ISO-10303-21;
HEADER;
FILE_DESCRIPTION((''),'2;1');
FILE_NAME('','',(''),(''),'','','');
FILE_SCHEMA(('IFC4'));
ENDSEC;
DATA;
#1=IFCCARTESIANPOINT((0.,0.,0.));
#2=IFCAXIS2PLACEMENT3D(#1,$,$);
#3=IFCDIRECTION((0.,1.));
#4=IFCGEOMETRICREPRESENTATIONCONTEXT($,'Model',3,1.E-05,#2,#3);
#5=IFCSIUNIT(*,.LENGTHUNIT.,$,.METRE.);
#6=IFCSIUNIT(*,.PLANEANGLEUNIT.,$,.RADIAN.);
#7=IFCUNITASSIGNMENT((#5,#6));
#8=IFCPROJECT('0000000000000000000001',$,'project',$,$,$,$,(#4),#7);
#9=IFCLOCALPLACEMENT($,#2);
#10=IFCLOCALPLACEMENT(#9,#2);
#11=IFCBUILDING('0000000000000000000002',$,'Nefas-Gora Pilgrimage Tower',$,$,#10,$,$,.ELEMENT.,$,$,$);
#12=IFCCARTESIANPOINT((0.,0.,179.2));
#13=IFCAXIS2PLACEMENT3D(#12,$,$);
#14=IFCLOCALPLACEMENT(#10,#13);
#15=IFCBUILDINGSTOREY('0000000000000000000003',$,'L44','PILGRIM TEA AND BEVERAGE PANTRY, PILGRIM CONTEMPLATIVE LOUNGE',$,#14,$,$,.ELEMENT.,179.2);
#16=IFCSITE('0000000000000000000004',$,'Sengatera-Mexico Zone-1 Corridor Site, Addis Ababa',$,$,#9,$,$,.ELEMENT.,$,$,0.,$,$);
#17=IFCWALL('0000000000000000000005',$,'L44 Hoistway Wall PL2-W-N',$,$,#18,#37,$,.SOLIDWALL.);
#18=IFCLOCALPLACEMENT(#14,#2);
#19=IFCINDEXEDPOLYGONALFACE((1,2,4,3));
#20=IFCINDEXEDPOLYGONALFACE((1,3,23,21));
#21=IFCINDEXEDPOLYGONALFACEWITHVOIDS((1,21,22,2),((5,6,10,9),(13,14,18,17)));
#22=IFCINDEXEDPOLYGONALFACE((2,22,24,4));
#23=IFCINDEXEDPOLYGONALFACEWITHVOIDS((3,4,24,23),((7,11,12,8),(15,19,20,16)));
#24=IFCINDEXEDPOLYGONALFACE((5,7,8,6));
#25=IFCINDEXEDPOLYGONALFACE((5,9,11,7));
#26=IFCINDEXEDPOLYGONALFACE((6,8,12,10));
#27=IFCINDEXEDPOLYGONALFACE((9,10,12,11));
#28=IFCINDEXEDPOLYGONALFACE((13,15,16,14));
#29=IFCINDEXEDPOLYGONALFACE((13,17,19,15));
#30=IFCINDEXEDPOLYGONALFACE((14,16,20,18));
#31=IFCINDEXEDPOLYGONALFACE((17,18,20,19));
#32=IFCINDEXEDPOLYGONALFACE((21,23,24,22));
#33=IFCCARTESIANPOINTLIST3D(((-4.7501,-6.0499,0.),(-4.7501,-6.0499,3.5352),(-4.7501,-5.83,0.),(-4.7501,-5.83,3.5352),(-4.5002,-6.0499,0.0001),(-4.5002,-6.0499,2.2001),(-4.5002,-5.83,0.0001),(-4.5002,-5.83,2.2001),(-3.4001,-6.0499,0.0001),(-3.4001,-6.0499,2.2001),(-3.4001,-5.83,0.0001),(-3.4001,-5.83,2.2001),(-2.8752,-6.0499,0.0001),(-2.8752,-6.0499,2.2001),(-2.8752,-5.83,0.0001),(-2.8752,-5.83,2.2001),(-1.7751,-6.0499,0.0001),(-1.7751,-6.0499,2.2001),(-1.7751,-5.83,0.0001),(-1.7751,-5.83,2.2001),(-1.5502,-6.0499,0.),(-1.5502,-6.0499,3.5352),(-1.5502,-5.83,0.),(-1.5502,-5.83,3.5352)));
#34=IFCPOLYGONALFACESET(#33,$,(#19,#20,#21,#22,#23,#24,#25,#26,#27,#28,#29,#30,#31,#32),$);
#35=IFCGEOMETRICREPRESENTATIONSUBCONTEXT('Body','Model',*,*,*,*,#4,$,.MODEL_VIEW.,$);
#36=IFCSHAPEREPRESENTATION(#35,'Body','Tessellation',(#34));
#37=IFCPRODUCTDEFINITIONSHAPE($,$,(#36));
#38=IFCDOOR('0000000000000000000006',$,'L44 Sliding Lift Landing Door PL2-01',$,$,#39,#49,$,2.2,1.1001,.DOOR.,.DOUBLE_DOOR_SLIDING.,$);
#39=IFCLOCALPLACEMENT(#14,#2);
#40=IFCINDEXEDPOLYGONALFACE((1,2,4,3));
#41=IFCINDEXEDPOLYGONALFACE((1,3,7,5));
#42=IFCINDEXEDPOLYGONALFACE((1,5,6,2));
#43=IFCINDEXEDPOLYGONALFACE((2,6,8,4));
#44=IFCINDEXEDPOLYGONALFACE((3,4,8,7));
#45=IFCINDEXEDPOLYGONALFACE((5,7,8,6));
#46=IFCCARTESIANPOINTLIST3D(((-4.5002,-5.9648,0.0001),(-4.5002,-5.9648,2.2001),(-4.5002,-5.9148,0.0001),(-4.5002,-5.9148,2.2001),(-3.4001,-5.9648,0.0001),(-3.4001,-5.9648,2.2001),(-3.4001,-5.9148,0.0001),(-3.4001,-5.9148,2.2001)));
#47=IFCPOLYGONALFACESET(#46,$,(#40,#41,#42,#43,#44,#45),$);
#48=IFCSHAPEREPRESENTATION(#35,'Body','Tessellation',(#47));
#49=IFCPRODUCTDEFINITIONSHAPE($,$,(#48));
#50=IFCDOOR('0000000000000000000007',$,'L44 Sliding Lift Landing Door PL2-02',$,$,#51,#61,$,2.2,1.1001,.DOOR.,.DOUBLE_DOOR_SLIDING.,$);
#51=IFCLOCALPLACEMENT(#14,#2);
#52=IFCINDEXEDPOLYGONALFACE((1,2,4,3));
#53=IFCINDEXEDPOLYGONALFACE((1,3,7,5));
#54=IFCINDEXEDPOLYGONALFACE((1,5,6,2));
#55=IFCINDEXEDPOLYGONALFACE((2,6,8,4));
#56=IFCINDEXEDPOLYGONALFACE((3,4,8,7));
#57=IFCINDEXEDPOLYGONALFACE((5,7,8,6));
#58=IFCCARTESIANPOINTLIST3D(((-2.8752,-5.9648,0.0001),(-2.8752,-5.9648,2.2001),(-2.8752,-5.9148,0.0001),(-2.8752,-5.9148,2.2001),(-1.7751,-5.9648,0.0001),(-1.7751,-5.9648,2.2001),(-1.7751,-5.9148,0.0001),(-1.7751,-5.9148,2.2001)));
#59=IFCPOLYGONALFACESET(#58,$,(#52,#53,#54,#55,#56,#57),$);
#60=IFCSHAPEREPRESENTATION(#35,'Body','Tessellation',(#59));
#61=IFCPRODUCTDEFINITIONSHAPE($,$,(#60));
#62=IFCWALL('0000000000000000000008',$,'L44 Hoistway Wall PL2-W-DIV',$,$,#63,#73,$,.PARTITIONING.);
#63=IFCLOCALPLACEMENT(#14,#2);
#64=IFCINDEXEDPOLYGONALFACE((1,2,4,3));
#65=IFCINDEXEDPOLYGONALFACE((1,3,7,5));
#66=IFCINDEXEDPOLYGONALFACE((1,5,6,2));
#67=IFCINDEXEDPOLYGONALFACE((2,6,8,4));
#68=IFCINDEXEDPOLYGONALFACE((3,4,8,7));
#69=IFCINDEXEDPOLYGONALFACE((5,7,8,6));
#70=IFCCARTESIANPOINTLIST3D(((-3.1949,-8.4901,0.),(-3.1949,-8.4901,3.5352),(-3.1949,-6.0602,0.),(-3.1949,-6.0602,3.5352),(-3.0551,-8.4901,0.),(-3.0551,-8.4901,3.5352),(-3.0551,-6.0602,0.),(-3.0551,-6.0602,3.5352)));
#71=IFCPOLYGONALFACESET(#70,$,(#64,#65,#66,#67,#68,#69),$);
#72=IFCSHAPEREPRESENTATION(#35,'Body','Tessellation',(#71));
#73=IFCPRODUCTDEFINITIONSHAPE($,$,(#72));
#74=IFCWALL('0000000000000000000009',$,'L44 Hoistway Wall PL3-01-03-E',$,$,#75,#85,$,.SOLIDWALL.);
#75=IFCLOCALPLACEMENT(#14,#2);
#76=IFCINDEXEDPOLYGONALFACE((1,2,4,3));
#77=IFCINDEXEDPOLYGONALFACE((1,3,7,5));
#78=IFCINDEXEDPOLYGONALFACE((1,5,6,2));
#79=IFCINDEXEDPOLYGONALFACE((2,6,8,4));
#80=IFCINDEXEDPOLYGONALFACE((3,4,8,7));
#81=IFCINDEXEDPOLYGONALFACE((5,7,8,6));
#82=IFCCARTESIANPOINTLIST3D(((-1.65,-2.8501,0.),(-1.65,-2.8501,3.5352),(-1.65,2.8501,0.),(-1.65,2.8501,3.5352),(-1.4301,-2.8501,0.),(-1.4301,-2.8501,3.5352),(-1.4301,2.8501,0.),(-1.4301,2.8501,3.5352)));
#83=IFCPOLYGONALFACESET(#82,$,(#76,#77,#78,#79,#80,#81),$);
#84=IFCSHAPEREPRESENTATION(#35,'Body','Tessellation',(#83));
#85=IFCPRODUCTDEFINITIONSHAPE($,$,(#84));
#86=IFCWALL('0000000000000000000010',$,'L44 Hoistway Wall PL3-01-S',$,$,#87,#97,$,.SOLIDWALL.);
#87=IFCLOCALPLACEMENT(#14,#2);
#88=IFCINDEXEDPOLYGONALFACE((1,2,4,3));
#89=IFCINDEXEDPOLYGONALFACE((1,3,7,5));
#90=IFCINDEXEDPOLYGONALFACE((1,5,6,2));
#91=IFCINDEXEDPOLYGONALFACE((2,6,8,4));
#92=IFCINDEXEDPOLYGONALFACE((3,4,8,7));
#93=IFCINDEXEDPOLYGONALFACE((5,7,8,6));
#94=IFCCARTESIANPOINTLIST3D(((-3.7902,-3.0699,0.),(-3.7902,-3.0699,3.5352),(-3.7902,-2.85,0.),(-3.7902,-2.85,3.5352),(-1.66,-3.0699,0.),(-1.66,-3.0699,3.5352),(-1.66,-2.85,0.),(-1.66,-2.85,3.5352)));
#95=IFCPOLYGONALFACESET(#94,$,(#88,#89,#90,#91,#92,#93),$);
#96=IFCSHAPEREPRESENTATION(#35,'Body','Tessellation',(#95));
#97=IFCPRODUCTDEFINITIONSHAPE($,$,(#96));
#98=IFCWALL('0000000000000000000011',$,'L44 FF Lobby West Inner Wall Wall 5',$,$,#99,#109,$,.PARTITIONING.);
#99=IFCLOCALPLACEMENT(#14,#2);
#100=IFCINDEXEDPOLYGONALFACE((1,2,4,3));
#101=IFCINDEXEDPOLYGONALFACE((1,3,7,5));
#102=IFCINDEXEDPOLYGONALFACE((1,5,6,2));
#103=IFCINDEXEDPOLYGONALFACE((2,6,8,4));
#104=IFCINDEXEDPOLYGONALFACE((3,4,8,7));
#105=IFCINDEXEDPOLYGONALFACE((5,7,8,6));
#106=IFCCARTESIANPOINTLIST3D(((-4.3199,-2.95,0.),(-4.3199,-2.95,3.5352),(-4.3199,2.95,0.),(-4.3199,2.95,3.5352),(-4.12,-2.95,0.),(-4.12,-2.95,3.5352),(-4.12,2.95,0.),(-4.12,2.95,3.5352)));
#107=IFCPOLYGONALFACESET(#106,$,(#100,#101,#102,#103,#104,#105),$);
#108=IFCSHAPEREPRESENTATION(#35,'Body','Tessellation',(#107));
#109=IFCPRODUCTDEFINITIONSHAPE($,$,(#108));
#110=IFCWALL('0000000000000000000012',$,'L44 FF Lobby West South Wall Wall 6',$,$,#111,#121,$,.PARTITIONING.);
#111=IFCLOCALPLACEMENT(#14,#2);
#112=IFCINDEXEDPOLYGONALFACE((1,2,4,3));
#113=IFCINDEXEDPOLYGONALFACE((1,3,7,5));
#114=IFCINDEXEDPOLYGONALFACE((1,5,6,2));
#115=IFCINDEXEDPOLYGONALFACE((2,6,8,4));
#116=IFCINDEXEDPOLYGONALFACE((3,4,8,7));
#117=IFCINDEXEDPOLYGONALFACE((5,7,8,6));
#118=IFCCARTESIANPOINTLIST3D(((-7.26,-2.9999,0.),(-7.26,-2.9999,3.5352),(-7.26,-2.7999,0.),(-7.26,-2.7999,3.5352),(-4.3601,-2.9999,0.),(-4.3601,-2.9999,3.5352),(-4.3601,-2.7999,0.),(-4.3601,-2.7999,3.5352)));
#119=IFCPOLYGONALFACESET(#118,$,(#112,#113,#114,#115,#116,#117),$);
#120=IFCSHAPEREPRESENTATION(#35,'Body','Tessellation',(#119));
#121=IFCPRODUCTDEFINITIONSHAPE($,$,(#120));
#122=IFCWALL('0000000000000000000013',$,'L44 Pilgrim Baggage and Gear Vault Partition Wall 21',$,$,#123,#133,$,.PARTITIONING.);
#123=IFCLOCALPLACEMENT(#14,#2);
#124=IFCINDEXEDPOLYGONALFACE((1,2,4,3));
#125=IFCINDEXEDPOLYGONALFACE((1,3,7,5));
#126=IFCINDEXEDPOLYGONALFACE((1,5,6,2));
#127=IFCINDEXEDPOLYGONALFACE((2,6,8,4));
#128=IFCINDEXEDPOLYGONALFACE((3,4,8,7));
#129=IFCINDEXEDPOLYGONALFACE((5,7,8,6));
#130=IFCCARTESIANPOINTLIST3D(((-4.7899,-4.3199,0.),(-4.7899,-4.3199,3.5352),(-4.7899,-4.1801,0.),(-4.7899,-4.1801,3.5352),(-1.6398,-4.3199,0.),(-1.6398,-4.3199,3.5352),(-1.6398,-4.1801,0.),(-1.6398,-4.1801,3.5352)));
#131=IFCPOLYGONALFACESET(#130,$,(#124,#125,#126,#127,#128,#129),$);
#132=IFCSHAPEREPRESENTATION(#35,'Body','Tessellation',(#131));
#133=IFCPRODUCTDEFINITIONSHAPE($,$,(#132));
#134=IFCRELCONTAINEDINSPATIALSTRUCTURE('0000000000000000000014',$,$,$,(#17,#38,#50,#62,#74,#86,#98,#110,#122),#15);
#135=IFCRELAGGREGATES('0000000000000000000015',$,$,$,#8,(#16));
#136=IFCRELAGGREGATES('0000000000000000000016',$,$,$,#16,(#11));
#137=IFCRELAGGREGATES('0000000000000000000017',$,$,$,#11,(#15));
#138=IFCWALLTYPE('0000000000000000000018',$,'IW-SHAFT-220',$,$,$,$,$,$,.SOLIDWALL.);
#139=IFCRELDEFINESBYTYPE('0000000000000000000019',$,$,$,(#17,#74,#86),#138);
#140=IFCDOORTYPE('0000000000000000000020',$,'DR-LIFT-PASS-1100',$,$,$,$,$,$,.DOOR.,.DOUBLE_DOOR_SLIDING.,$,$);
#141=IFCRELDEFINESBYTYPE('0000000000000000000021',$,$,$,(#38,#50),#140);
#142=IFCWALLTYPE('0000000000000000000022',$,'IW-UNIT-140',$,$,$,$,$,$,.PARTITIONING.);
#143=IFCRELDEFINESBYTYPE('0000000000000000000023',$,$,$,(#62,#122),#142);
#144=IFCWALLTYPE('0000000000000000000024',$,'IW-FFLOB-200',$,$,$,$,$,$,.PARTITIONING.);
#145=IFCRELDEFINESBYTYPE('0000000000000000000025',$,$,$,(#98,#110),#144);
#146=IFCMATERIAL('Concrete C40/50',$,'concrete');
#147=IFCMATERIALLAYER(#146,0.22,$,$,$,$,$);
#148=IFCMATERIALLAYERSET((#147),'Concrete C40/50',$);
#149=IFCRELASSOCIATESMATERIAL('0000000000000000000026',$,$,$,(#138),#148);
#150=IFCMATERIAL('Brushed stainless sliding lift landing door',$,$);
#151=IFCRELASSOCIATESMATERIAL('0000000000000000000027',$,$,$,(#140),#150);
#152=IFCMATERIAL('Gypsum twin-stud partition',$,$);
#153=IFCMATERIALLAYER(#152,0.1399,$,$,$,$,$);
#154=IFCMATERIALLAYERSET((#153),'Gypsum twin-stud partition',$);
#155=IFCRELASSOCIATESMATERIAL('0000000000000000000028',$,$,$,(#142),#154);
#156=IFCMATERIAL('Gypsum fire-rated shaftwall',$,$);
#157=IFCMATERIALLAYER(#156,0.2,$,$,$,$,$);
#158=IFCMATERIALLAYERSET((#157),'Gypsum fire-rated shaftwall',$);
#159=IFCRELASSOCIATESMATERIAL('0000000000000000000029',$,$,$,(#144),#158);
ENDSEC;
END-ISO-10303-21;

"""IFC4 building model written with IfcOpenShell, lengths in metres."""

from ifc_helpers import new_model, si_unit, direction, frame, frame_2d, origin, place, context, subcontext, project, spatial, rectangle, extrude, source, transform, mapped, material, layer, layer_set, type_object, element, fill, save


model = new_model("IFC4")

# Units and contexts
model_context = context("Model", 3, precision=1e-05, world=origin(), true_north=direction((0.0, 1.0)))
body_context = subcontext(model_context, "Body", "Model", "MODEL_VIEW")
ifc_project = project(units=[si_unit("LENGTHUNIT", "METRE"), si_unit("PLANEANGLEUNIT", "RADIAN")], contexts=[model_context])

# Site, building, storey
site_placement = place(None, origin())
site = spatial("IfcSite", under=ifc_project, at=site_placement, Name="Sengatera-Mexico Zone-1 Corridor Site, Addis Ababa", CompositionType="ELEMENT", RefElevation=0.0)
building_placement = place(site_placement, origin())
building = spatial("IfcBuilding", under=site, at=building_placement, Name="Nefas-Gora Pilgrimage Tower", CompositionType="ELEMENT")
storey_placement = place(building_placement, frame((0.0, 0.0, 179.2)))
storey = spatial("IfcBuildingStorey", under=building, at=storey_placement, Name="L44", Description="PILGRIM TEA AND BEVERAGE PANTRY, PILGRIM CONTEMPLATIVE LOUNGE", CompositionType="ELEMENT", Elevation=179.2)

# Wall, openings, doors
ifc_material_1 = material(Name="Concrete C40/50", Category="concrete")
ifc_layer_1 = layer(ifc_material_1, 0.22)
ifc_layer_set_1 = layer_set([ifc_layer_1], Name="Concrete C40/50")
wall_type_1 = type_object("IfcWallType", Name="IW-SHAFT-220", PredefinedType="SOLIDWALL", material=ifc_layer_set_1)
shared_shape_1 = source(origin(), body_context, "Body", "SweptSolid", [
    extrude(rectangle(XDim=3.2, YDim=0.22, at=frame_2d((1.6001, 0.0))), origin(), (0.0, 0.0, 1.0), 3.5352),
])
wall_1_placement = place(storey_placement, frame((-1.55, -5.9399, 0.0), z_axis=(0.0, 0.0, 1.0), x_axis=(-1.0, 0.0, 0.0)))
wall_1 = element("IfcWall", 1, at=wall_1_placement, inside=storey, type_object=wall_type_1, Name="L44 Hoistway Wall PL2-W-N", PredefinedType="SOLIDWALL", context=body_context, shape_type="MappedRepresentation", body=[
    mapped(shared_shape_1, transform((0.0, 0.0, 0.0), x_axis=(1.0, 0.0, 0.0), y_axis=(0.0, 1.0, 0.0), z_axis=(0.0, 0.0, 1.0), scale=1.0)),
])
opening_1_placement = place(wall_1_placement, frame((1.8501, 0.0, 0.0)))
opening_1 = element("IfcOpeningElement", 2, at=opening_1_placement, cuts=wall_1, PredefinedType="OPENING", context=body_context, shape_type="SweptSolid", body=[
    extrude(rectangle(XDim=1.1001, YDim=2.2, at=frame_2d((0.55, 1.1001))), frame((0.0, 0.1199, 0.0), z_axis=(0.0, -1.0, 0.0), x_axis=(1.0, 0.0, 0.0)), (0.0, 0.0, 1.0), 0.24),
])
opening_2_placement = place(wall_1_placement, frame((0.2251, 0.0, 0.0)))
opening_2 = element("IfcOpeningElement", 3, at=opening_2_placement, cuts=wall_1, PredefinedType="OPENING", context=body_context, shape_type="SweptSolid", body=[
    extrude(rectangle(XDim=1.1001, YDim=2.2, at=frame_2d((0.55, 1.1001))), frame((0.0, 0.1199, 0.0), z_axis=(0.0, -1.0, 0.0), x_axis=(1.0, 0.0, 0.0)), (0.0, 0.0, 1.0), 0.24),
])
ifc_material_2 = material(Name="Brushed stainless sliding lift landing door")
door_type_1 = type_object("IfcDoorType", Name="DR-LIFT-PASS-1100", OperationType="DOUBLE_DOOR_SLIDING", PredefinedType="DOOR", material=ifc_material_2)
shared_shape_2 = source(origin(), body_context, "Body", "SweptSolid", [
    extrude(rectangle(XDim=1.1001, YDim=2.2, at=frame_2d((0.55, 1.1001))), frame((0.0, 0.0249, 0.0), z_axis=(0.0, -1.0, 0.0), x_axis=(1.0, 0.0, 0.0)), (0.0, 0.0, 1.0), 0.05),
])
door_1_placement = place(opening_1_placement, origin())
door_1 = element("IfcDoor", 4, at=door_1_placement, inside=storey, type_object=door_type_1, Name="L44 Sliding Lift Landing Door PL2-01", OperationType="DOUBLE_DOOR_SLIDING", OverallHeight=2.2, OverallWidth=1.1001, PredefinedType="DOOR", context=body_context, shape_type="MappedRepresentation", body=[
    mapped(shared_shape_2, transform((0.0, 0.0, 0.0), x_axis=(1.0, 0.0, 0.0), y_axis=(0.0, 1.0, 0.0), z_axis=(0.0, 0.0, 1.0), scale=1.0)),
])
fill(opening_1, door_1)
door_2_placement = place(opening_2_placement, origin())
door_2 = element("IfcDoor", 5, at=door_2_placement, inside=storey, type_object=door_type_1, Name="L44 Sliding Lift Landing Door PL2-02", OperationType="DOUBLE_DOOR_SLIDING", OverallHeight=2.2, OverallWidth=1.1001, PredefinedType="DOOR", context=body_context, shape_type="MappedRepresentation", body=[
    mapped(shared_shape_2, transform((0.0, 0.0, 0.0), x_axis=(1.0, 0.0, 0.0), y_axis=(0.0, 1.0, 0.0), z_axis=(0.0, 0.0, 1.0), scale=1.0)),
])
fill(opening_2, door_2)

# Walls
ifc_material_3 = material(Name="Gypsum twin-stud partition")
ifc_layer_2 = layer(ifc_material_3, 0.1399)
ifc_layer_set_2 = layer_set([ifc_layer_2], Name="Gypsum twin-stud partition")
wall_type_2 = type_object("IfcWallType", Name="IW-UNIT-140", PredefinedType="PARTITIONING", material=ifc_layer_set_2)
shared_shape_3 = source(origin(), body_context, "Body", "SweptSolid", [
    extrude(rectangle(XDim=2.4299, YDim=0.1399, at=frame_2d((1.2148, 0.0))), origin(), (0.0, 0.0, 1.0), 3.5352),
])
wall_2_placement = place(storey_placement, frame((-3.125, -8.49, 0.0), z_axis=(0.0, 0.0, 1.0), x_axis=(0.0, 1.0, 0.0)))
element("IfcWall", 6, at=wall_2_placement, inside=storey, type_object=wall_type_2, Name="L44 Hoistway Wall PL2-W-DIV", PredefinedType="PARTITIONING", context=body_context, shape_type="MappedRepresentation", body=[
    mapped(shared_shape_3, transform((0.0, 0.0, 0.0), x_axis=(1.0, 0.0, 0.0), y_axis=(0.0, 1.0, 0.0), z_axis=(0.0, 0.0, 1.0), scale=1.0)),
])
shared_shape_4 = source(origin(), body_context, "Body", "SweptSolid", [
    extrude(rectangle(XDim=5.7002, YDim=0.22, at=frame_2d((2.8501, 0.0))), origin(), (0.0, 0.0, 1.0), 3.5352),
])
wall_3_placement = place(storey_placement, frame((-1.54, -2.8501, 0.0), z_axis=(0.0, 0.0, 1.0), x_axis=(0.0, 1.0, 0.0)))
element("IfcWall", 7, at=wall_3_placement, inside=storey, type_object=wall_type_1, Name="L44 Hoistway Wall PL3-01-03-E", PredefinedType="SOLIDWALL", context=body_context, shape_type="MappedRepresentation", body=[
    mapped(shared_shape_4, transform((0.0, 0.0, 0.0), x_axis=(1.0, 0.0, 0.0), y_axis=(0.0, 1.0, 0.0), z_axis=(0.0, 0.0, 1.0), scale=1.0)),
])
shared_shape_5 = source(origin(), body_context, "Body", "SweptSolid", [
    extrude(rectangle(XDim=2.1301, YDim=0.22, at=frame_2d((1.0649, 0.0))), origin(), (0.0, 0.0, 1.0), 3.5352),
])
wall_4_placement = place(storey_placement, frame((-3.79, -2.96, 0.0), z_axis=(0.0, 0.0, 1.0), x_axis=(1.0, 0.0, 0.0)))
element("IfcWall", 8, at=wall_4_placement, inside=storey, type_object=wall_type_1, Name="L44 Hoistway Wall PL3-01-S", PredefinedType="SOLIDWALL", context=body_context, shape_type="MappedRepresentation", body=[
    mapped(shared_shape_5, transform((0.0, 0.0, 0.0), x_axis=(1.0, 0.0, 0.0), y_axis=(0.0, 1.0, 0.0), z_axis=(0.0, 0.0, 1.0), scale=1.0)),
])
ifc_material_4 = material(Name="Gypsum fire-rated shaftwall")
ifc_layer_3 = layer(ifc_material_4, 0.2)
ifc_layer_set_3 = layer_set([ifc_layer_3], Name="Gypsum fire-rated shaftwall")
wall_type_3 = type_object("IfcWallType", Name="IW-FFLOB-200", PredefinedType="PARTITIONING", material=ifc_layer_set_3)
shared_shape_6 = source(origin(), body_context, "Body", "SweptSolid", [
    extrude(rectangle(XDim=5.8999, YDim=0.2, at=frame_2d((2.95, 0.0))), origin(), (0.0, 0.0, 1.0), 3.5352),
])
wall_5_placement = place(storey_placement, frame((-4.22, -2.95, 0.0), z_axis=(0.0, 0.0, 1.0), x_axis=(0.0, 1.0, 0.0)))
element("IfcWall", 9, at=wall_5_placement, inside=storey, type_object=wall_type_3, Name="L44 FF Lobby West Inner Wall Wall 5", PredefinedType="PARTITIONING", context=body_context, shape_type="MappedRepresentation", body=[
    mapped(shared_shape_6, transform((0.0, 0.0, 0.0), x_axis=(1.0, 0.0, 0.0), y_axis=(0.0, 1.0, 0.0), z_axis=(0.0, 0.0, 1.0), scale=1.0)),
])
shared_shape_7 = source(origin(), body_context, "Body", "SweptSolid", [
    extrude(rectangle(XDim=2.8999, YDim=0.2, at=frame_2d((1.45, 0.0))), origin(), (0.0, 0.0, 1.0), 3.5352),
])
wall_6_placement = place(storey_placement, frame((-7.26, -2.8999, 0.0), z_axis=(0.0, 0.0, 1.0), x_axis=(1.0, 0.0, 0.0)))
element("IfcWall", 10, at=wall_6_placement, inside=storey, type_object=wall_type_3, Name="L44 FF Lobby West South Wall Wall 6", PredefinedType="PARTITIONING", context=body_context, shape_type="MappedRepresentation", body=[
    mapped(shared_shape_7, transform((0.0, 0.0, 0.0), x_axis=(1.0, 0.0, 0.0), y_axis=(0.0, 1.0, 0.0), z_axis=(0.0, 0.0, 1.0), scale=1.0)),
])
shared_shape_8 = source(origin(), body_context, "Body", "SweptSolid", [
    extrude(rectangle(XDim=3.1501, YDim=0.1399, at=frame_2d((1.5752, 0.0))), origin(), (0.0, 0.0, 1.0), 3.5352),
])
wall_7_placement = place(storey_placement, frame((-4.79, -4.25, 0.0), z_axis=(0.0, 0.0, 1.0), x_axis=(1.0, 0.0, 0.0)))
element("IfcWall", 11, at=wall_7_placement, inside=storey, type_object=wall_type_2, Name="L44 Pilgrim Baggage and Gear Vault Partition Wall 21", PredefinedType="PARTITIONING", context=body_context, shape_type="MappedRepresentation", body=[
    mapped(shared_shape_8, transform((0.0, 0.0, 0.0), x_axis=(1.0, 0.0, 0.0), y_axis=(0.0, 1.0, 0.0), z_axis=(0.0, 0.0, 1.0), scale=1.0)),
])

save(model, "model.ifc")
